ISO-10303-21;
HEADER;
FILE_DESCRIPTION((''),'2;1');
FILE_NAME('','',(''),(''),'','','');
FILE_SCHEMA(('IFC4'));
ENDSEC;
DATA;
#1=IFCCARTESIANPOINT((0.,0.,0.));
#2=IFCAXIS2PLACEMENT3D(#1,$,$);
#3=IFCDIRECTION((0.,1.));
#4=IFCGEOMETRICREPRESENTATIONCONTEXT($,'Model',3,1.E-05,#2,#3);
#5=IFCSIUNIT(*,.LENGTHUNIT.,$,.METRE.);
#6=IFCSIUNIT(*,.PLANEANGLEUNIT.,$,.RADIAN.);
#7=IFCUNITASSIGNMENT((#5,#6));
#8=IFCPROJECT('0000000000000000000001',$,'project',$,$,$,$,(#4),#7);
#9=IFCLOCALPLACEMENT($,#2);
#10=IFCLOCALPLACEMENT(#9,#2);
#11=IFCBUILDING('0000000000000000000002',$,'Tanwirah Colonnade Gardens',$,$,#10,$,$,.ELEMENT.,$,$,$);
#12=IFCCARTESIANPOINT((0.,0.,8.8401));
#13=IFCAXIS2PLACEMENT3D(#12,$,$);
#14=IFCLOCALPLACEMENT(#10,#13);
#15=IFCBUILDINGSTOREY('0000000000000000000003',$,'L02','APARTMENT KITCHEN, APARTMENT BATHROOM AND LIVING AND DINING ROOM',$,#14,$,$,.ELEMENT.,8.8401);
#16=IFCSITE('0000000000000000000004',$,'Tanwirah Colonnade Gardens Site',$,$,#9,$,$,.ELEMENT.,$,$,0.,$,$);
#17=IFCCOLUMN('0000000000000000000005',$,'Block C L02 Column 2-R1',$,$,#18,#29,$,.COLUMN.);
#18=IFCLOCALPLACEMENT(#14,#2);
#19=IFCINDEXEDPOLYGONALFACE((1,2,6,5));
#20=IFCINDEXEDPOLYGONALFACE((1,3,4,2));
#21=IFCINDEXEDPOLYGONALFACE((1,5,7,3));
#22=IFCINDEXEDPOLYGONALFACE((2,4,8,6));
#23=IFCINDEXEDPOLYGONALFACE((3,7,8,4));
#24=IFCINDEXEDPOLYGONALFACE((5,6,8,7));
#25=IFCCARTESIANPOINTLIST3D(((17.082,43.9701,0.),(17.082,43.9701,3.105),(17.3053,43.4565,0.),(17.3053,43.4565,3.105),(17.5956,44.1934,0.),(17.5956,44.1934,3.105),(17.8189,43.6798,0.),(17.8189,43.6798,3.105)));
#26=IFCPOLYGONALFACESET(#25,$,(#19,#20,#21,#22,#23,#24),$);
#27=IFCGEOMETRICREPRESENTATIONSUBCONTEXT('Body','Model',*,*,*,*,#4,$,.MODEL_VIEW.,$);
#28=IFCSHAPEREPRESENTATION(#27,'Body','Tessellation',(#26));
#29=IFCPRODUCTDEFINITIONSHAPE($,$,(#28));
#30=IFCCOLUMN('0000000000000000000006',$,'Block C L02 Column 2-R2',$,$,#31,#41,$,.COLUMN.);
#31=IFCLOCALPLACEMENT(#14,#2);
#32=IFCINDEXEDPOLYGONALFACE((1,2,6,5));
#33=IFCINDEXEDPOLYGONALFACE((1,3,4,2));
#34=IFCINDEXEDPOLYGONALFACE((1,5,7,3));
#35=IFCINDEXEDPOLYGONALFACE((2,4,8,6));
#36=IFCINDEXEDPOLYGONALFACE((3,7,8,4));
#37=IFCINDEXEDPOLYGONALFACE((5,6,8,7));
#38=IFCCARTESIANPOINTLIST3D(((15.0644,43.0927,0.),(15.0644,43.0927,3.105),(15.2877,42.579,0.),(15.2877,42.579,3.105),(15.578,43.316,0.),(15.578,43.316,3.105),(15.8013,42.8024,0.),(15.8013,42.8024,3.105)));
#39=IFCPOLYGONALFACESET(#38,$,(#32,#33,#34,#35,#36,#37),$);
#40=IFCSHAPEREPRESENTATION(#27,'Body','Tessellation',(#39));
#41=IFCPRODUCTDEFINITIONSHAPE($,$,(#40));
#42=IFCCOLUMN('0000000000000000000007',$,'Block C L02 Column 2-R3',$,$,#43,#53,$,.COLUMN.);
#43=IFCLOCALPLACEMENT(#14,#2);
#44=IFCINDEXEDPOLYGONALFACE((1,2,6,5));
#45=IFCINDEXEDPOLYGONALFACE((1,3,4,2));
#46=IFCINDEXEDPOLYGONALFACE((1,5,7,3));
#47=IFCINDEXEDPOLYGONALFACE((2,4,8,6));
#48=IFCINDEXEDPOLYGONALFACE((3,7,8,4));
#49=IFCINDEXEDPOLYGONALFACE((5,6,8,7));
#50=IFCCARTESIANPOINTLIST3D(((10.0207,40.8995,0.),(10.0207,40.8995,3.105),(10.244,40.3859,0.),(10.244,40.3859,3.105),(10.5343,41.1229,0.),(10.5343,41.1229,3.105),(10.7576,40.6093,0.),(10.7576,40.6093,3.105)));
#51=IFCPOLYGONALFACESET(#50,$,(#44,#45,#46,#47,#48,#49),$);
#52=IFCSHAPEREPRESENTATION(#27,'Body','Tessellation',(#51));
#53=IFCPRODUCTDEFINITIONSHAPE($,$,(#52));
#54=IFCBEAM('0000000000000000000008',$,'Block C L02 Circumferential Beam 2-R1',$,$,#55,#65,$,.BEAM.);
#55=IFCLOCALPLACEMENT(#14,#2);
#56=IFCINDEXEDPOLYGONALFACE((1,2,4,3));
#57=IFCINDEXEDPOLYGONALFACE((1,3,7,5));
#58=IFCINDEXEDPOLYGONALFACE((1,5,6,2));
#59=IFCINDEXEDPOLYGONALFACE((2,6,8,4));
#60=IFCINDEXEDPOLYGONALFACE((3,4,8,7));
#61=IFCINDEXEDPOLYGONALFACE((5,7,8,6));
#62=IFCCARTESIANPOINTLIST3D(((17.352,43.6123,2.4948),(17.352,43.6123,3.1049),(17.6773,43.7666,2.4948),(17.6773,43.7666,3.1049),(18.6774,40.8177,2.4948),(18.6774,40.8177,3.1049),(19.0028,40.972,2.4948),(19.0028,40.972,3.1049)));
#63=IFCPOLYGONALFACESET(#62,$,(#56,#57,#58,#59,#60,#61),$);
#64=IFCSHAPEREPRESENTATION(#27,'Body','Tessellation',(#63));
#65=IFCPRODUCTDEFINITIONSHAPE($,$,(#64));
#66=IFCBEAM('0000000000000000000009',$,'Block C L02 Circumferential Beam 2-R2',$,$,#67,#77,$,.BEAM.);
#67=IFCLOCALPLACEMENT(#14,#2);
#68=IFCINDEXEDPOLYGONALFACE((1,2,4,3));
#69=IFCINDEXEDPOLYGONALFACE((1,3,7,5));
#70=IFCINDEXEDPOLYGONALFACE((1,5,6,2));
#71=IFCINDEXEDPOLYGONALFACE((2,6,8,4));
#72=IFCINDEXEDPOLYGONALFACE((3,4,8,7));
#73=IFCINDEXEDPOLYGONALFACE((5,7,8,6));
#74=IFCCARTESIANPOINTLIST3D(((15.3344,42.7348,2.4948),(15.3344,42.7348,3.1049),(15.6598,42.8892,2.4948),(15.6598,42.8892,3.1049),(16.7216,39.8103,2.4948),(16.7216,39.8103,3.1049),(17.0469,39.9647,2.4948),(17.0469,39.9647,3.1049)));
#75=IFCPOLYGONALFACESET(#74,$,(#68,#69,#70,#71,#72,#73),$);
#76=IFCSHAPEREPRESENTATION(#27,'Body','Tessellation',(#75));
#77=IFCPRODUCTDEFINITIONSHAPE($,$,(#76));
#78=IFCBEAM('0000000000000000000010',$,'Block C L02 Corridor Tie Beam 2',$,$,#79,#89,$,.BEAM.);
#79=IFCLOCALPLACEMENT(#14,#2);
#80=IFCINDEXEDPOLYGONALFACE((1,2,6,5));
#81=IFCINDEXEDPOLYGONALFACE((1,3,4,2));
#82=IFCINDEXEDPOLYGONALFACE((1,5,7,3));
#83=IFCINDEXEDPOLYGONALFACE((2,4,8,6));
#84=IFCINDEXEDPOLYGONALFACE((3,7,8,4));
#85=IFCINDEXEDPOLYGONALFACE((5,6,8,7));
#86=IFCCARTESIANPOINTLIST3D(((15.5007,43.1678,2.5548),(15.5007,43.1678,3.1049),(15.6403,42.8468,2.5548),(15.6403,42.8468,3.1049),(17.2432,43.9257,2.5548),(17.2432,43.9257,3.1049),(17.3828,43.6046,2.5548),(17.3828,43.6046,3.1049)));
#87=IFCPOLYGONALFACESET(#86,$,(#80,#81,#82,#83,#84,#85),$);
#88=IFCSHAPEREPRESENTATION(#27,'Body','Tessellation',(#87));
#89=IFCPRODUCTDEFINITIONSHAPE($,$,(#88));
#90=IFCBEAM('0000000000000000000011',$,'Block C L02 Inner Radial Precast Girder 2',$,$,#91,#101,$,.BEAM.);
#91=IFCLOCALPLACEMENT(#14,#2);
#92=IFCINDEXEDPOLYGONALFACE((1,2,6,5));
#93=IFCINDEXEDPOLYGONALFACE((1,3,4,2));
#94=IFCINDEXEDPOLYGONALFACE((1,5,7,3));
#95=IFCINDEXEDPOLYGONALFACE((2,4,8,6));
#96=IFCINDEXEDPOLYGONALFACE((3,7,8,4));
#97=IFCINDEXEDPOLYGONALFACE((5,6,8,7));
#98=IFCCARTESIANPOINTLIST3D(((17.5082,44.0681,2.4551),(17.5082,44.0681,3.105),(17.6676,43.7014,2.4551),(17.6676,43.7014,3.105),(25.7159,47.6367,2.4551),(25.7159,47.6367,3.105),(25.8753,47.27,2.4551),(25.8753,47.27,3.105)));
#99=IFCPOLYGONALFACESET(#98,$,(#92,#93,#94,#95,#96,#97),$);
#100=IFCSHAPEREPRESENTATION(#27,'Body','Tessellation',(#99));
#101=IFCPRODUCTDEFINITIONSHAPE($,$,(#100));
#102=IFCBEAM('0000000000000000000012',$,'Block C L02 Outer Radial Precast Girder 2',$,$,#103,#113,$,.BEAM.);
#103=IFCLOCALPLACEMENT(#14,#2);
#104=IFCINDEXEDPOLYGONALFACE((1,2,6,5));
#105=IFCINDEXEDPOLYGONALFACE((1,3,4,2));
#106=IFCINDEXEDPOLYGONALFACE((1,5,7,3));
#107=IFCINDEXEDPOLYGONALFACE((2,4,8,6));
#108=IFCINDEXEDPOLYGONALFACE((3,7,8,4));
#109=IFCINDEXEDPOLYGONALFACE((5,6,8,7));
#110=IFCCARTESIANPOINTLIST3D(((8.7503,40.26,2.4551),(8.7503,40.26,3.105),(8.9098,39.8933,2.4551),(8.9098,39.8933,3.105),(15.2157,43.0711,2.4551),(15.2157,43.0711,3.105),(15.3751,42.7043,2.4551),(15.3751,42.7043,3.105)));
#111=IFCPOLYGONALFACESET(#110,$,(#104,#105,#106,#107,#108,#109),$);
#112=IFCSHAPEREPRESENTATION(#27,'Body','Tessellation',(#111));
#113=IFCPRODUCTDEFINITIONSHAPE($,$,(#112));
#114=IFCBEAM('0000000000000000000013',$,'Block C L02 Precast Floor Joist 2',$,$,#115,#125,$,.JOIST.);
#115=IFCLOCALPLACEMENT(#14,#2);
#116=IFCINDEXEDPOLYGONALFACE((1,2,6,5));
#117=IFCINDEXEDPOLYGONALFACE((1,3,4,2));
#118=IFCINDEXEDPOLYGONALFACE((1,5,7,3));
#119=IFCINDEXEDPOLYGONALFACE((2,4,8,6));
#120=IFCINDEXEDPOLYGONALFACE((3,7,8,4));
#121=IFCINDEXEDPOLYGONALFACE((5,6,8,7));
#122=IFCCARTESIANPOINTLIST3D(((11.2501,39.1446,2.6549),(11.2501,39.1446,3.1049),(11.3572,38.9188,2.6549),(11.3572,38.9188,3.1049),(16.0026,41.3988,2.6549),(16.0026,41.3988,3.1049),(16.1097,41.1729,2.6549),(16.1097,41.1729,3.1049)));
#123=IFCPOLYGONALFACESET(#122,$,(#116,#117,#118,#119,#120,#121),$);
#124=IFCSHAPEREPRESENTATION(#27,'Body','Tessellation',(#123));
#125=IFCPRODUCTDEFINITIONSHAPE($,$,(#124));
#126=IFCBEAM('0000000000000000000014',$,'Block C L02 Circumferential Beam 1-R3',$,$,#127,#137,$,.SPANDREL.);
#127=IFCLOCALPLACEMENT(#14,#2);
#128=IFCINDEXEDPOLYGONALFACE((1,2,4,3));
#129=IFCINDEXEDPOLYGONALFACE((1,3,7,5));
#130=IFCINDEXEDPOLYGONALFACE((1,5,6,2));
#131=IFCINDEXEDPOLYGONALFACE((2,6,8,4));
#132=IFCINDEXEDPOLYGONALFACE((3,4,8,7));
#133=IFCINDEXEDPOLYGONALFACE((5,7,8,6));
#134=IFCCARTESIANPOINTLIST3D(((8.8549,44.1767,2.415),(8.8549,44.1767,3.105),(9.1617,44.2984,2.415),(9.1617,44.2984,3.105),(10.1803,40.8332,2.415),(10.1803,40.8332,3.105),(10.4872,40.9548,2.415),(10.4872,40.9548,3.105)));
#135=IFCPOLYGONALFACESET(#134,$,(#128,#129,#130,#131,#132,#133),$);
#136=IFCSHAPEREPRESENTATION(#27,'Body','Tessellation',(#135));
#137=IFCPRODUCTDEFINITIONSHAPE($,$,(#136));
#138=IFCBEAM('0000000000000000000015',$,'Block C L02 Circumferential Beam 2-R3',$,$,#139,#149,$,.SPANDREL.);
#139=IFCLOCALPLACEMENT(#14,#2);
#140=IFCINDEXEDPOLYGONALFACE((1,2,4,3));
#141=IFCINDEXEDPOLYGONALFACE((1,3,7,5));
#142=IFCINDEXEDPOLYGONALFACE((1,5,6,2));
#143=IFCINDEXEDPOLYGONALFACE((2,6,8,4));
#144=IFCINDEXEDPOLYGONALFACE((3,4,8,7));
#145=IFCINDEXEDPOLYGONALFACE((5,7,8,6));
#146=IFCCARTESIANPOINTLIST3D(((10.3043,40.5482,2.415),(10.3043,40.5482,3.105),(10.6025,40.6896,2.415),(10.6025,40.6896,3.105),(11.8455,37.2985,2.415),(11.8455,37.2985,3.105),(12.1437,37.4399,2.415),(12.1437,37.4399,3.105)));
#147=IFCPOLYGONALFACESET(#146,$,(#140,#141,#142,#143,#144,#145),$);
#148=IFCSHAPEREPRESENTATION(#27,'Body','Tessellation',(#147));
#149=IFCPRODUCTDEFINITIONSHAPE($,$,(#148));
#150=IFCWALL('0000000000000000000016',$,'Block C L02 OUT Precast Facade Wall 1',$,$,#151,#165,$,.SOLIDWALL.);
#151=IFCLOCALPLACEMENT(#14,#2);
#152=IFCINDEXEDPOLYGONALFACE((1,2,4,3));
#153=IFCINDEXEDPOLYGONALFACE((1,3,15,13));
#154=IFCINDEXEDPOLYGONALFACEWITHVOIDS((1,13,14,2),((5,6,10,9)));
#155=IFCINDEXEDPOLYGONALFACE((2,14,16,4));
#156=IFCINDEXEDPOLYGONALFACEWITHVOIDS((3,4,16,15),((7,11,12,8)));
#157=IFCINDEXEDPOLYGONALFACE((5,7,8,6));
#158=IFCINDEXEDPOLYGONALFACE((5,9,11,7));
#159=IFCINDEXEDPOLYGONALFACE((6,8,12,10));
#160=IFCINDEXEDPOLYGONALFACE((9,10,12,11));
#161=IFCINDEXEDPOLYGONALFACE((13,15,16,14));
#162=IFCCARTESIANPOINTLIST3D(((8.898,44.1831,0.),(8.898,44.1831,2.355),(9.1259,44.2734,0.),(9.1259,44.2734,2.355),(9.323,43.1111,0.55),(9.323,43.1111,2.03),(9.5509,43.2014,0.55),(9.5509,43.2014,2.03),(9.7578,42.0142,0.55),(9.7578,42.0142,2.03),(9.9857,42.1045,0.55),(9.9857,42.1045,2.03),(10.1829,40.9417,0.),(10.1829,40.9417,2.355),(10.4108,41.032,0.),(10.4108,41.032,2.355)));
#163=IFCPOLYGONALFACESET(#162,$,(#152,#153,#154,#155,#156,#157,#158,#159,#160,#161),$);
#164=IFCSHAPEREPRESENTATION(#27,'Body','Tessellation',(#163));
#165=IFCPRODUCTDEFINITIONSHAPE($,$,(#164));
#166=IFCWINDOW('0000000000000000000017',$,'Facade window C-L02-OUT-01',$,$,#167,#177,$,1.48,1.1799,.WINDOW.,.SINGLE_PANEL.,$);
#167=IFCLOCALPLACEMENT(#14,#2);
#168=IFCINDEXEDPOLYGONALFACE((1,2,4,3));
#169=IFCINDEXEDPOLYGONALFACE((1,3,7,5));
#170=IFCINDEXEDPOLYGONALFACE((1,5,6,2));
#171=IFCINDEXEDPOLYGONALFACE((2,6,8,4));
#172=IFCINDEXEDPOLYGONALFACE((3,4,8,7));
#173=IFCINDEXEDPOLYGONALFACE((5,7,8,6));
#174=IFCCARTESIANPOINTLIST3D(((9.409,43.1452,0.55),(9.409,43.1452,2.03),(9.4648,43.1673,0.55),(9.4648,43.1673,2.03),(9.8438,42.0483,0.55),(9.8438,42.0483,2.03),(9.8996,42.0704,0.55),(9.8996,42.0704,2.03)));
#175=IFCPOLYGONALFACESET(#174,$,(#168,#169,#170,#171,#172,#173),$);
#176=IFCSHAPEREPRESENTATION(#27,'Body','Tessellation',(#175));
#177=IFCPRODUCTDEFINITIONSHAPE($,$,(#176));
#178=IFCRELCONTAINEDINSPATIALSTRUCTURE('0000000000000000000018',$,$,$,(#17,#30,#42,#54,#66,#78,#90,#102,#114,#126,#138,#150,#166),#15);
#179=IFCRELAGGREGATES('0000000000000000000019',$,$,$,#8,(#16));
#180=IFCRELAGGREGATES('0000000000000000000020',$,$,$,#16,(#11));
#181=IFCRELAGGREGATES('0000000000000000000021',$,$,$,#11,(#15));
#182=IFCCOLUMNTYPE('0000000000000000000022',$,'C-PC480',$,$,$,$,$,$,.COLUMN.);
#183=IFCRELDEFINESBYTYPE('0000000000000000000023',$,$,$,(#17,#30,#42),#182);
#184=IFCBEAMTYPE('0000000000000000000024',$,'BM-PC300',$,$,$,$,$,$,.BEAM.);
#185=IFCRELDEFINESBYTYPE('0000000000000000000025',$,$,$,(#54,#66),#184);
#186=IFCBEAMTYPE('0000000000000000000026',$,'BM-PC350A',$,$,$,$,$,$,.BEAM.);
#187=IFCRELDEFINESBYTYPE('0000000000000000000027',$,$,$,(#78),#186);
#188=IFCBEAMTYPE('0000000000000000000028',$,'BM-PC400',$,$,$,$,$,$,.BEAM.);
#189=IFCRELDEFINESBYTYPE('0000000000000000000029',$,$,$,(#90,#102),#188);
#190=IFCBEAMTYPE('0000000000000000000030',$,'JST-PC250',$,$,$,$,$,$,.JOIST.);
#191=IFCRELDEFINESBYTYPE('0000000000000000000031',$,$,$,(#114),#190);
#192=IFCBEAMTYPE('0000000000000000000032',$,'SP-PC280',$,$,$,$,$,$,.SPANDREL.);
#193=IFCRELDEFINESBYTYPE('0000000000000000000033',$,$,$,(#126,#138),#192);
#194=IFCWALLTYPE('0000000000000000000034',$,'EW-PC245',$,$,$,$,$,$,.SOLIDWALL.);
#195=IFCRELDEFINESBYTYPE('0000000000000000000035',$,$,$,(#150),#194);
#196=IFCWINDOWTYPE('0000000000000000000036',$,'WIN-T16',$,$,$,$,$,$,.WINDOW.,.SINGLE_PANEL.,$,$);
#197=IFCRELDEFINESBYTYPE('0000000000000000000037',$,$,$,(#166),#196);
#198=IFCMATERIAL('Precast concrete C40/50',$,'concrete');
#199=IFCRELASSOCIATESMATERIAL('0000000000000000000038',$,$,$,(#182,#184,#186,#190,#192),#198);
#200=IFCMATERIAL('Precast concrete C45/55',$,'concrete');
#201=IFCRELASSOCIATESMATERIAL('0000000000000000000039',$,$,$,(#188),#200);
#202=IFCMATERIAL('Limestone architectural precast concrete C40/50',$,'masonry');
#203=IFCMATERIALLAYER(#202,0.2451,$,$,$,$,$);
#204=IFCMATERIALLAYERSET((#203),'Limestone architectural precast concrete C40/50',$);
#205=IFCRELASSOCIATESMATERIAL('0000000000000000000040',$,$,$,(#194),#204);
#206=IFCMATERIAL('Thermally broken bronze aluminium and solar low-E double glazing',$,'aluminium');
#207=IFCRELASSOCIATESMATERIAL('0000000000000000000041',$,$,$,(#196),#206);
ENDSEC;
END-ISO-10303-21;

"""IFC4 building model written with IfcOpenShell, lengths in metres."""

from ifc_helpers import new_model, si_unit, direction, frame, frame_2d, origin, origin_2d, place, context, subcontext, project, spatial, rectangle, extrude, material, layer, layer_set, material_profile, profile_set, type_object, element, fill, save


model = new_model("IFC4")

# Units and contexts
model_context = context("Model", 3, precision=1e-05, world=origin(), true_north=direction((0.0, 1.0)))
body_context = subcontext(model_context, "Body", "Model", "MODEL_VIEW")
ifc_project = project(units=[si_unit("LENGTHUNIT", "METRE"), si_unit("PLANEANGLEUNIT", "RADIAN")], contexts=[model_context])

# Site, building, storey
site_placement = place(None, origin())
site = spatial("IfcSite", under=ifc_project, at=site_placement, Name="Tanwirah Colonnade Gardens Site", CompositionType="ELEMENT", RefElevation=0.0)
building_placement = place(site_placement, origin())
building = spatial("IfcBuilding", under=site, at=building_placement, Name="Tanwirah Colonnade Gardens", CompositionType="ELEMENT")
storey_placement = place(building_placement, frame((0.0, 0.0, 8.8401)))
storey = spatial("IfcBuildingStorey", under=building, at=storey_placement, Name="L02", Description="APARTMENT KITCHEN, APARTMENT BATHROOM AND LIVING AND DINING ROOM", CompositionType="ELEMENT", Elevation=8.8401)

# Columns
ifc_material_1 = material(Name="Precast concrete C40/50", Category="concrete")
ifc_material_profile_1 = material_profile(ifc_material_1, rectangle(XDim=0.5601, YDim=0.5601, at=origin_2d()), Name="PC-COL 560x560")
ifc_profile_set_1 = profile_set([ifc_material_profile_1], Name="Precast concrete C40/50")
column_type = type_object("IfcColumnType", Name="C-PC480", PredefinedType="COLUMN", material=ifc_profile_set_1)
for number, where, z_axis, x_axis, name in (
    (1, (17.4504, 43.825, 0.0), (0.0, 0.0, 1.0), (-0.91706, -0.398749, 0.0), "Block C L02 Column 2-R1"),
    (2, (15.4329, 42.9475, 0.0), (0.0, 0.0, 1.0), (-0.91706, -0.398749, 0.0), "Block C L02 Column 2-R2"),
    (3, (10.3892, 40.7544, 0.0), (0.0, 0.0, 1.0), (-0.91706, -0.398749, 0.0), "Block C L02 Column 2-R3"),
):
    element("IfcColumn", number, at=place(storey_placement, frame(where, z_axis=z_axis, x_axis=x_axis)), inside=storey, type_object=column_type, Name=name, PredefinedType="COLUMN", context=body_context, shape_type="SweptSolid", body=[
        extrude(rectangle(XDim=0.5601, YDim=0.5601, at=origin_2d()), origin(), (0.0, 0.0, 1.0), 3.105),
    ])

# Beams
ifc_material_profile_2 = material_profile(ifc_material_1, rectangle(XDim=0.3601, YDim=0.6101, at=origin_2d()), Name="PC-BM 360x610")
ifc_profile_set_2 = profile_set([ifc_material_profile_2], Name="Precast concrete C40/50")
beam_type_1 = type_object("IfcBeamType", Name="BM-PC300", PredefinedType="BEAM", material=ifc_profile_set_2)
beam_1_placement = place(storey_placement, frame((17.5146, 43.6895, 2.7998), z_axis=(0.428521, -0.903532, 0.0), x_axis=(0.903532, 0.428521, 0.0)))
element("IfcBeam", 4, at=beam_1_placement, inside=storey, type_object=beam_type_1, Name="Block C L02 Circumferential Beam 2-R1", PredefinedType="BEAM", context=body_context, shape_type="SweptSolid", body=[
    extrude(rectangle(XDim=0.3601, YDim=0.6101, at=origin_2d()), origin(), (0.0, 0.0, 1.0), 3.093),
])
beam_2_placement = place(storey_placement, frame((15.4971, 42.812, 2.7998), z_axis=(0.428563, -0.903512, 0.0), x_axis=(0.903512, 0.428563, 0.0)))
element("IfcBeam", 5, at=beam_2_placement, inside=storey, type_object=beam_type_1, Name="Block C L02 Circumferential Beam 2-R2", PredefinedType="BEAM", context=body_context, shape_type="SweptSolid", body=[
    extrude(rectangle(XDim=0.3601, YDim=0.6101, at=origin_2d()), origin(), (0.0, 0.0, 1.0), 3.2368),
])
ifc_material_profile_3 = material_profile(ifc_material_1, rectangle(XDim=0.3501, YDim=0.55, at=origin_2d()), Name="PC-BM 350x550")
ifc_profile_set_3 = profile_set([ifc_material_profile_3], Name="Precast concrete C40/50")
beam_type_2 = type_object("IfcBeamType", Name="BM-PC350A", PredefinedType="BEAM", material=ifc_profile_set_3)
beam_3_placement = place(storey_placement, frame((17.313, 43.7651, 2.8298), z_axis=(-0.917025, -0.398829, 0.0), x_axis=(0.398829, -0.917025, 0.0)))
element("IfcBeam", 6, at=beam_3_placement, inside=storey, type_object=beam_type_2, Name="Block C L02 Corridor Tie Beam 2", PredefinedType="BEAM", context=body_context, shape_type="SweptSolid", body=[
    extrude(rectangle(XDim=0.3501, YDim=0.55, at=origin_2d()), origin(), (0.0, 0.0, 1.0), 1.9001),
])
ifc_material_2 = material(Name="Precast concrete C45/55", Category="concrete")
ifc_material_profile_4 = material_profile(ifc_material_2, rectangle(XDim=0.3999, YDim=0.6499, at=origin_2d()), Name="PC-BM 400x650")
ifc_profile_set_4 = profile_set([ifc_material_profile_4], Name="Precast concrete C45/55")
beam_type_3 = type_object("IfcBeamType", Name="BM-PC400", PredefinedType="BEAM", material=ifc_profile_set_4)
beam_4_placement = place(storey_placement, frame((17.5879, 43.8848, 2.78), z_axis=(0.91707, 0.398727, 0.0), x_axis=(-0.398727, 0.91707, 0.0)))
element("IfcBeam", 7, at=beam_4_placement, inside=storey, type_object=beam_type_3, Name="Block C L02 Inner Radial Precast Girder 2", PredefinedType="BEAM", context=body_context, shape_type="SweptSolid", body=[
    extrude(rectangle(XDim=0.3999, YDim=0.6499, at=origin_2d()), origin(), (0.0, 0.0, 1.0), 8.95),
])
beam_5_placement = place(storey_placement, frame((15.2954, 42.8877, 2.78), z_axis=(-0.917069, -0.398729, 0.0), x_axis=(0.398729, -0.917069, 0.0)))
element("IfcBeam", 8, at=beam_5_placement, inside=storey, type_object=beam_type_3, Name="Block C L02 Outer Radial Precast Girder 2", PredefinedType="BEAM", context=body_context, shape_type="SweptSolid", body=[
    extrude(rectangle(XDim=0.3999, YDim=0.6499, at=origin_2d()), origin(), (0.0, 0.0, 1.0), 7.05),
])
ifc_material_profile_5 = material_profile(ifc_material_1, rectangle(XDim=0.25, YDim=0.45, at=origin_2d()), Name="PC-JST 250x450")
ifc_profile_set_5 = profile_set([ifc_material_profile_5], Name="Precast concrete C40/50")
beam_type_4 = type_object("IfcBeamType", Name="JST-PC250", PredefinedType="JOIST", material=ifc_profile_set_5)
beam_6_placement = place(storey_placement, frame((16.0562, 41.2859, 2.8799), z_axis=(-0.903518, -0.428551, 0.0), x_axis=(0.428551, -0.903518, 0.0)))
element("IfcBeam", 9, at=beam_6_placement, inside=storey, type_object=beam_type_4, Name="Block C L02 Precast Floor Joist 2", PredefinedType="JOIST", context=body_context, shape_type="SweptSolid", body=[
    extrude(rectangle(XDim=0.25, YDim=0.45, at=origin_2d()), origin(), (0.0, 0.0, 1.0), 5.26),
])
ifc_material_profile_6 = material_profile(ifc_material_1, rectangle(XDim=0.3301, YDim=0.6899, at=origin_2d()), Name="PC-SP 330x690")
ifc_profile_set_6 = profile_set([ifc_material_profile_6], Name="Precast concrete C40/50")
beam_type_5 = type_object("IfcBeamType", Name="SP-PC280", PredefinedType="SPANDREL", material=ifc_profile_set_6)
for number, where, z_axis, x_axis, name in (
    (10, (9.0083, 44.2375, 2.76), (0.368522, -0.929619, 0.0), (0.929619, 0.368522, 0.0), "Block C L02 Circumferential Beam 1-R3"),
    (11, (10.4534, 40.6189, 2.76), (0.428518, -0.903533, 0.0), (0.903533, 0.428518, 0.0), "Block C L02 Circumferential Beam 2-R3"),
):
    element("IfcBeam", number, at=place(storey_placement, frame(where, z_axis=z_axis, x_axis=x_axis)), inside=storey, type_object=beam_type_5, Name=name, PredefinedType="SPANDREL", context=body_context, shape_type="SweptSolid", body=[
        extrude(rectangle(XDim=0.3301, YDim=0.6899, at=origin_2d()), origin(), (0.0, 0.0, 1.0), 3.5967),
    ])

# Wall, opening, window
ifc_material_3 = material(Name="Limestone architectural precast concrete C40/50", Category="masonry")
ifc_layer_1 = layer(ifc_material_3, 0.2451)
ifc_layer_set_1 = layer_set([ifc_layer_1], Name="Limestone architectural precast concrete C40/50")
wall_type_1 = type_object("IfcWallType", Name="EW-PC245", PredefinedType="SOLIDWALL", material=ifc_layer_set_1)
wall_1_placement = place(storey_placement, frame((9.012, 44.2283, 0.0), z_axis=(0.0, 0.0, 1.0), x_axis=(0.368504, -0.929626, 0.0)))
wall_1 = element("IfcWall", 12, at=wall_1_placement, inside=storey, type_object=wall_type_1, Name="Block C L02 OUT Precast Facade Wall 1", PredefinedType="SOLIDWALL", context=body_context, shape_type="SweptSolid", body=[
    extrude(rectangle(XDim=3.4868, YDim=0.2451, at=frame_2d((1.7434, 0.0))), origin(), (0.0, 0.0, 1.0), 2.355),
])
opening_1_placement = place(wall_1_placement, frame((1.1533, 0.0, 0.55)))
opening_1 = element("IfcOpeningElement", 13, at=opening_1_placement, cuts=wall_1, PredefinedType="OPENING", context=body_context, shape_type="SweptSolid", body=[
    extrude(rectangle(XDim=1.1799, YDim=1.48, at=frame_2d((0.5898, 0.74))), frame((0.0, 0.1326, 0.0), z_axis=(0.0, -1.0, 0.0), x_axis=(1.0, 0.0, 0.0)), (0.0, 0.0, 1.0), 0.2651),
])
ifc_material_4 = material(Name="Thermally broken bronze aluminium and solar low-E double glazing", Category="aluminium")
window_type = type_object("IfcWindowType", Name="WIN-T16", PartitioningType="SINGLE_PANEL", PredefinedType="WINDOW", material=ifc_material_4)
window_placement = place(opening_1_placement, origin())
window = element("IfcWindow", 14, at=window_placement, inside=storey, type_object=window_type, Name="Facade window C-L02-OUT-01", OverallHeight=1.48, OverallWidth=1.1799, PartitioningType="SINGLE_PANEL", PredefinedType="WINDOW", context=body_context, shape_type="SweptSolid", body=[
    extrude(rectangle(XDim=1.1799, YDim=1.48, at=frame_2d((0.5898, 0.74))), frame((0.0, 0.03, 0.0), z_axis=(0.0, -1.0, 0.0), x_axis=(1.0, 0.0, 0.0)), (0.0, 0.0, 1.0), 0.0601),
])
fill(opening_1, window)

save(model, "model.ifc")
